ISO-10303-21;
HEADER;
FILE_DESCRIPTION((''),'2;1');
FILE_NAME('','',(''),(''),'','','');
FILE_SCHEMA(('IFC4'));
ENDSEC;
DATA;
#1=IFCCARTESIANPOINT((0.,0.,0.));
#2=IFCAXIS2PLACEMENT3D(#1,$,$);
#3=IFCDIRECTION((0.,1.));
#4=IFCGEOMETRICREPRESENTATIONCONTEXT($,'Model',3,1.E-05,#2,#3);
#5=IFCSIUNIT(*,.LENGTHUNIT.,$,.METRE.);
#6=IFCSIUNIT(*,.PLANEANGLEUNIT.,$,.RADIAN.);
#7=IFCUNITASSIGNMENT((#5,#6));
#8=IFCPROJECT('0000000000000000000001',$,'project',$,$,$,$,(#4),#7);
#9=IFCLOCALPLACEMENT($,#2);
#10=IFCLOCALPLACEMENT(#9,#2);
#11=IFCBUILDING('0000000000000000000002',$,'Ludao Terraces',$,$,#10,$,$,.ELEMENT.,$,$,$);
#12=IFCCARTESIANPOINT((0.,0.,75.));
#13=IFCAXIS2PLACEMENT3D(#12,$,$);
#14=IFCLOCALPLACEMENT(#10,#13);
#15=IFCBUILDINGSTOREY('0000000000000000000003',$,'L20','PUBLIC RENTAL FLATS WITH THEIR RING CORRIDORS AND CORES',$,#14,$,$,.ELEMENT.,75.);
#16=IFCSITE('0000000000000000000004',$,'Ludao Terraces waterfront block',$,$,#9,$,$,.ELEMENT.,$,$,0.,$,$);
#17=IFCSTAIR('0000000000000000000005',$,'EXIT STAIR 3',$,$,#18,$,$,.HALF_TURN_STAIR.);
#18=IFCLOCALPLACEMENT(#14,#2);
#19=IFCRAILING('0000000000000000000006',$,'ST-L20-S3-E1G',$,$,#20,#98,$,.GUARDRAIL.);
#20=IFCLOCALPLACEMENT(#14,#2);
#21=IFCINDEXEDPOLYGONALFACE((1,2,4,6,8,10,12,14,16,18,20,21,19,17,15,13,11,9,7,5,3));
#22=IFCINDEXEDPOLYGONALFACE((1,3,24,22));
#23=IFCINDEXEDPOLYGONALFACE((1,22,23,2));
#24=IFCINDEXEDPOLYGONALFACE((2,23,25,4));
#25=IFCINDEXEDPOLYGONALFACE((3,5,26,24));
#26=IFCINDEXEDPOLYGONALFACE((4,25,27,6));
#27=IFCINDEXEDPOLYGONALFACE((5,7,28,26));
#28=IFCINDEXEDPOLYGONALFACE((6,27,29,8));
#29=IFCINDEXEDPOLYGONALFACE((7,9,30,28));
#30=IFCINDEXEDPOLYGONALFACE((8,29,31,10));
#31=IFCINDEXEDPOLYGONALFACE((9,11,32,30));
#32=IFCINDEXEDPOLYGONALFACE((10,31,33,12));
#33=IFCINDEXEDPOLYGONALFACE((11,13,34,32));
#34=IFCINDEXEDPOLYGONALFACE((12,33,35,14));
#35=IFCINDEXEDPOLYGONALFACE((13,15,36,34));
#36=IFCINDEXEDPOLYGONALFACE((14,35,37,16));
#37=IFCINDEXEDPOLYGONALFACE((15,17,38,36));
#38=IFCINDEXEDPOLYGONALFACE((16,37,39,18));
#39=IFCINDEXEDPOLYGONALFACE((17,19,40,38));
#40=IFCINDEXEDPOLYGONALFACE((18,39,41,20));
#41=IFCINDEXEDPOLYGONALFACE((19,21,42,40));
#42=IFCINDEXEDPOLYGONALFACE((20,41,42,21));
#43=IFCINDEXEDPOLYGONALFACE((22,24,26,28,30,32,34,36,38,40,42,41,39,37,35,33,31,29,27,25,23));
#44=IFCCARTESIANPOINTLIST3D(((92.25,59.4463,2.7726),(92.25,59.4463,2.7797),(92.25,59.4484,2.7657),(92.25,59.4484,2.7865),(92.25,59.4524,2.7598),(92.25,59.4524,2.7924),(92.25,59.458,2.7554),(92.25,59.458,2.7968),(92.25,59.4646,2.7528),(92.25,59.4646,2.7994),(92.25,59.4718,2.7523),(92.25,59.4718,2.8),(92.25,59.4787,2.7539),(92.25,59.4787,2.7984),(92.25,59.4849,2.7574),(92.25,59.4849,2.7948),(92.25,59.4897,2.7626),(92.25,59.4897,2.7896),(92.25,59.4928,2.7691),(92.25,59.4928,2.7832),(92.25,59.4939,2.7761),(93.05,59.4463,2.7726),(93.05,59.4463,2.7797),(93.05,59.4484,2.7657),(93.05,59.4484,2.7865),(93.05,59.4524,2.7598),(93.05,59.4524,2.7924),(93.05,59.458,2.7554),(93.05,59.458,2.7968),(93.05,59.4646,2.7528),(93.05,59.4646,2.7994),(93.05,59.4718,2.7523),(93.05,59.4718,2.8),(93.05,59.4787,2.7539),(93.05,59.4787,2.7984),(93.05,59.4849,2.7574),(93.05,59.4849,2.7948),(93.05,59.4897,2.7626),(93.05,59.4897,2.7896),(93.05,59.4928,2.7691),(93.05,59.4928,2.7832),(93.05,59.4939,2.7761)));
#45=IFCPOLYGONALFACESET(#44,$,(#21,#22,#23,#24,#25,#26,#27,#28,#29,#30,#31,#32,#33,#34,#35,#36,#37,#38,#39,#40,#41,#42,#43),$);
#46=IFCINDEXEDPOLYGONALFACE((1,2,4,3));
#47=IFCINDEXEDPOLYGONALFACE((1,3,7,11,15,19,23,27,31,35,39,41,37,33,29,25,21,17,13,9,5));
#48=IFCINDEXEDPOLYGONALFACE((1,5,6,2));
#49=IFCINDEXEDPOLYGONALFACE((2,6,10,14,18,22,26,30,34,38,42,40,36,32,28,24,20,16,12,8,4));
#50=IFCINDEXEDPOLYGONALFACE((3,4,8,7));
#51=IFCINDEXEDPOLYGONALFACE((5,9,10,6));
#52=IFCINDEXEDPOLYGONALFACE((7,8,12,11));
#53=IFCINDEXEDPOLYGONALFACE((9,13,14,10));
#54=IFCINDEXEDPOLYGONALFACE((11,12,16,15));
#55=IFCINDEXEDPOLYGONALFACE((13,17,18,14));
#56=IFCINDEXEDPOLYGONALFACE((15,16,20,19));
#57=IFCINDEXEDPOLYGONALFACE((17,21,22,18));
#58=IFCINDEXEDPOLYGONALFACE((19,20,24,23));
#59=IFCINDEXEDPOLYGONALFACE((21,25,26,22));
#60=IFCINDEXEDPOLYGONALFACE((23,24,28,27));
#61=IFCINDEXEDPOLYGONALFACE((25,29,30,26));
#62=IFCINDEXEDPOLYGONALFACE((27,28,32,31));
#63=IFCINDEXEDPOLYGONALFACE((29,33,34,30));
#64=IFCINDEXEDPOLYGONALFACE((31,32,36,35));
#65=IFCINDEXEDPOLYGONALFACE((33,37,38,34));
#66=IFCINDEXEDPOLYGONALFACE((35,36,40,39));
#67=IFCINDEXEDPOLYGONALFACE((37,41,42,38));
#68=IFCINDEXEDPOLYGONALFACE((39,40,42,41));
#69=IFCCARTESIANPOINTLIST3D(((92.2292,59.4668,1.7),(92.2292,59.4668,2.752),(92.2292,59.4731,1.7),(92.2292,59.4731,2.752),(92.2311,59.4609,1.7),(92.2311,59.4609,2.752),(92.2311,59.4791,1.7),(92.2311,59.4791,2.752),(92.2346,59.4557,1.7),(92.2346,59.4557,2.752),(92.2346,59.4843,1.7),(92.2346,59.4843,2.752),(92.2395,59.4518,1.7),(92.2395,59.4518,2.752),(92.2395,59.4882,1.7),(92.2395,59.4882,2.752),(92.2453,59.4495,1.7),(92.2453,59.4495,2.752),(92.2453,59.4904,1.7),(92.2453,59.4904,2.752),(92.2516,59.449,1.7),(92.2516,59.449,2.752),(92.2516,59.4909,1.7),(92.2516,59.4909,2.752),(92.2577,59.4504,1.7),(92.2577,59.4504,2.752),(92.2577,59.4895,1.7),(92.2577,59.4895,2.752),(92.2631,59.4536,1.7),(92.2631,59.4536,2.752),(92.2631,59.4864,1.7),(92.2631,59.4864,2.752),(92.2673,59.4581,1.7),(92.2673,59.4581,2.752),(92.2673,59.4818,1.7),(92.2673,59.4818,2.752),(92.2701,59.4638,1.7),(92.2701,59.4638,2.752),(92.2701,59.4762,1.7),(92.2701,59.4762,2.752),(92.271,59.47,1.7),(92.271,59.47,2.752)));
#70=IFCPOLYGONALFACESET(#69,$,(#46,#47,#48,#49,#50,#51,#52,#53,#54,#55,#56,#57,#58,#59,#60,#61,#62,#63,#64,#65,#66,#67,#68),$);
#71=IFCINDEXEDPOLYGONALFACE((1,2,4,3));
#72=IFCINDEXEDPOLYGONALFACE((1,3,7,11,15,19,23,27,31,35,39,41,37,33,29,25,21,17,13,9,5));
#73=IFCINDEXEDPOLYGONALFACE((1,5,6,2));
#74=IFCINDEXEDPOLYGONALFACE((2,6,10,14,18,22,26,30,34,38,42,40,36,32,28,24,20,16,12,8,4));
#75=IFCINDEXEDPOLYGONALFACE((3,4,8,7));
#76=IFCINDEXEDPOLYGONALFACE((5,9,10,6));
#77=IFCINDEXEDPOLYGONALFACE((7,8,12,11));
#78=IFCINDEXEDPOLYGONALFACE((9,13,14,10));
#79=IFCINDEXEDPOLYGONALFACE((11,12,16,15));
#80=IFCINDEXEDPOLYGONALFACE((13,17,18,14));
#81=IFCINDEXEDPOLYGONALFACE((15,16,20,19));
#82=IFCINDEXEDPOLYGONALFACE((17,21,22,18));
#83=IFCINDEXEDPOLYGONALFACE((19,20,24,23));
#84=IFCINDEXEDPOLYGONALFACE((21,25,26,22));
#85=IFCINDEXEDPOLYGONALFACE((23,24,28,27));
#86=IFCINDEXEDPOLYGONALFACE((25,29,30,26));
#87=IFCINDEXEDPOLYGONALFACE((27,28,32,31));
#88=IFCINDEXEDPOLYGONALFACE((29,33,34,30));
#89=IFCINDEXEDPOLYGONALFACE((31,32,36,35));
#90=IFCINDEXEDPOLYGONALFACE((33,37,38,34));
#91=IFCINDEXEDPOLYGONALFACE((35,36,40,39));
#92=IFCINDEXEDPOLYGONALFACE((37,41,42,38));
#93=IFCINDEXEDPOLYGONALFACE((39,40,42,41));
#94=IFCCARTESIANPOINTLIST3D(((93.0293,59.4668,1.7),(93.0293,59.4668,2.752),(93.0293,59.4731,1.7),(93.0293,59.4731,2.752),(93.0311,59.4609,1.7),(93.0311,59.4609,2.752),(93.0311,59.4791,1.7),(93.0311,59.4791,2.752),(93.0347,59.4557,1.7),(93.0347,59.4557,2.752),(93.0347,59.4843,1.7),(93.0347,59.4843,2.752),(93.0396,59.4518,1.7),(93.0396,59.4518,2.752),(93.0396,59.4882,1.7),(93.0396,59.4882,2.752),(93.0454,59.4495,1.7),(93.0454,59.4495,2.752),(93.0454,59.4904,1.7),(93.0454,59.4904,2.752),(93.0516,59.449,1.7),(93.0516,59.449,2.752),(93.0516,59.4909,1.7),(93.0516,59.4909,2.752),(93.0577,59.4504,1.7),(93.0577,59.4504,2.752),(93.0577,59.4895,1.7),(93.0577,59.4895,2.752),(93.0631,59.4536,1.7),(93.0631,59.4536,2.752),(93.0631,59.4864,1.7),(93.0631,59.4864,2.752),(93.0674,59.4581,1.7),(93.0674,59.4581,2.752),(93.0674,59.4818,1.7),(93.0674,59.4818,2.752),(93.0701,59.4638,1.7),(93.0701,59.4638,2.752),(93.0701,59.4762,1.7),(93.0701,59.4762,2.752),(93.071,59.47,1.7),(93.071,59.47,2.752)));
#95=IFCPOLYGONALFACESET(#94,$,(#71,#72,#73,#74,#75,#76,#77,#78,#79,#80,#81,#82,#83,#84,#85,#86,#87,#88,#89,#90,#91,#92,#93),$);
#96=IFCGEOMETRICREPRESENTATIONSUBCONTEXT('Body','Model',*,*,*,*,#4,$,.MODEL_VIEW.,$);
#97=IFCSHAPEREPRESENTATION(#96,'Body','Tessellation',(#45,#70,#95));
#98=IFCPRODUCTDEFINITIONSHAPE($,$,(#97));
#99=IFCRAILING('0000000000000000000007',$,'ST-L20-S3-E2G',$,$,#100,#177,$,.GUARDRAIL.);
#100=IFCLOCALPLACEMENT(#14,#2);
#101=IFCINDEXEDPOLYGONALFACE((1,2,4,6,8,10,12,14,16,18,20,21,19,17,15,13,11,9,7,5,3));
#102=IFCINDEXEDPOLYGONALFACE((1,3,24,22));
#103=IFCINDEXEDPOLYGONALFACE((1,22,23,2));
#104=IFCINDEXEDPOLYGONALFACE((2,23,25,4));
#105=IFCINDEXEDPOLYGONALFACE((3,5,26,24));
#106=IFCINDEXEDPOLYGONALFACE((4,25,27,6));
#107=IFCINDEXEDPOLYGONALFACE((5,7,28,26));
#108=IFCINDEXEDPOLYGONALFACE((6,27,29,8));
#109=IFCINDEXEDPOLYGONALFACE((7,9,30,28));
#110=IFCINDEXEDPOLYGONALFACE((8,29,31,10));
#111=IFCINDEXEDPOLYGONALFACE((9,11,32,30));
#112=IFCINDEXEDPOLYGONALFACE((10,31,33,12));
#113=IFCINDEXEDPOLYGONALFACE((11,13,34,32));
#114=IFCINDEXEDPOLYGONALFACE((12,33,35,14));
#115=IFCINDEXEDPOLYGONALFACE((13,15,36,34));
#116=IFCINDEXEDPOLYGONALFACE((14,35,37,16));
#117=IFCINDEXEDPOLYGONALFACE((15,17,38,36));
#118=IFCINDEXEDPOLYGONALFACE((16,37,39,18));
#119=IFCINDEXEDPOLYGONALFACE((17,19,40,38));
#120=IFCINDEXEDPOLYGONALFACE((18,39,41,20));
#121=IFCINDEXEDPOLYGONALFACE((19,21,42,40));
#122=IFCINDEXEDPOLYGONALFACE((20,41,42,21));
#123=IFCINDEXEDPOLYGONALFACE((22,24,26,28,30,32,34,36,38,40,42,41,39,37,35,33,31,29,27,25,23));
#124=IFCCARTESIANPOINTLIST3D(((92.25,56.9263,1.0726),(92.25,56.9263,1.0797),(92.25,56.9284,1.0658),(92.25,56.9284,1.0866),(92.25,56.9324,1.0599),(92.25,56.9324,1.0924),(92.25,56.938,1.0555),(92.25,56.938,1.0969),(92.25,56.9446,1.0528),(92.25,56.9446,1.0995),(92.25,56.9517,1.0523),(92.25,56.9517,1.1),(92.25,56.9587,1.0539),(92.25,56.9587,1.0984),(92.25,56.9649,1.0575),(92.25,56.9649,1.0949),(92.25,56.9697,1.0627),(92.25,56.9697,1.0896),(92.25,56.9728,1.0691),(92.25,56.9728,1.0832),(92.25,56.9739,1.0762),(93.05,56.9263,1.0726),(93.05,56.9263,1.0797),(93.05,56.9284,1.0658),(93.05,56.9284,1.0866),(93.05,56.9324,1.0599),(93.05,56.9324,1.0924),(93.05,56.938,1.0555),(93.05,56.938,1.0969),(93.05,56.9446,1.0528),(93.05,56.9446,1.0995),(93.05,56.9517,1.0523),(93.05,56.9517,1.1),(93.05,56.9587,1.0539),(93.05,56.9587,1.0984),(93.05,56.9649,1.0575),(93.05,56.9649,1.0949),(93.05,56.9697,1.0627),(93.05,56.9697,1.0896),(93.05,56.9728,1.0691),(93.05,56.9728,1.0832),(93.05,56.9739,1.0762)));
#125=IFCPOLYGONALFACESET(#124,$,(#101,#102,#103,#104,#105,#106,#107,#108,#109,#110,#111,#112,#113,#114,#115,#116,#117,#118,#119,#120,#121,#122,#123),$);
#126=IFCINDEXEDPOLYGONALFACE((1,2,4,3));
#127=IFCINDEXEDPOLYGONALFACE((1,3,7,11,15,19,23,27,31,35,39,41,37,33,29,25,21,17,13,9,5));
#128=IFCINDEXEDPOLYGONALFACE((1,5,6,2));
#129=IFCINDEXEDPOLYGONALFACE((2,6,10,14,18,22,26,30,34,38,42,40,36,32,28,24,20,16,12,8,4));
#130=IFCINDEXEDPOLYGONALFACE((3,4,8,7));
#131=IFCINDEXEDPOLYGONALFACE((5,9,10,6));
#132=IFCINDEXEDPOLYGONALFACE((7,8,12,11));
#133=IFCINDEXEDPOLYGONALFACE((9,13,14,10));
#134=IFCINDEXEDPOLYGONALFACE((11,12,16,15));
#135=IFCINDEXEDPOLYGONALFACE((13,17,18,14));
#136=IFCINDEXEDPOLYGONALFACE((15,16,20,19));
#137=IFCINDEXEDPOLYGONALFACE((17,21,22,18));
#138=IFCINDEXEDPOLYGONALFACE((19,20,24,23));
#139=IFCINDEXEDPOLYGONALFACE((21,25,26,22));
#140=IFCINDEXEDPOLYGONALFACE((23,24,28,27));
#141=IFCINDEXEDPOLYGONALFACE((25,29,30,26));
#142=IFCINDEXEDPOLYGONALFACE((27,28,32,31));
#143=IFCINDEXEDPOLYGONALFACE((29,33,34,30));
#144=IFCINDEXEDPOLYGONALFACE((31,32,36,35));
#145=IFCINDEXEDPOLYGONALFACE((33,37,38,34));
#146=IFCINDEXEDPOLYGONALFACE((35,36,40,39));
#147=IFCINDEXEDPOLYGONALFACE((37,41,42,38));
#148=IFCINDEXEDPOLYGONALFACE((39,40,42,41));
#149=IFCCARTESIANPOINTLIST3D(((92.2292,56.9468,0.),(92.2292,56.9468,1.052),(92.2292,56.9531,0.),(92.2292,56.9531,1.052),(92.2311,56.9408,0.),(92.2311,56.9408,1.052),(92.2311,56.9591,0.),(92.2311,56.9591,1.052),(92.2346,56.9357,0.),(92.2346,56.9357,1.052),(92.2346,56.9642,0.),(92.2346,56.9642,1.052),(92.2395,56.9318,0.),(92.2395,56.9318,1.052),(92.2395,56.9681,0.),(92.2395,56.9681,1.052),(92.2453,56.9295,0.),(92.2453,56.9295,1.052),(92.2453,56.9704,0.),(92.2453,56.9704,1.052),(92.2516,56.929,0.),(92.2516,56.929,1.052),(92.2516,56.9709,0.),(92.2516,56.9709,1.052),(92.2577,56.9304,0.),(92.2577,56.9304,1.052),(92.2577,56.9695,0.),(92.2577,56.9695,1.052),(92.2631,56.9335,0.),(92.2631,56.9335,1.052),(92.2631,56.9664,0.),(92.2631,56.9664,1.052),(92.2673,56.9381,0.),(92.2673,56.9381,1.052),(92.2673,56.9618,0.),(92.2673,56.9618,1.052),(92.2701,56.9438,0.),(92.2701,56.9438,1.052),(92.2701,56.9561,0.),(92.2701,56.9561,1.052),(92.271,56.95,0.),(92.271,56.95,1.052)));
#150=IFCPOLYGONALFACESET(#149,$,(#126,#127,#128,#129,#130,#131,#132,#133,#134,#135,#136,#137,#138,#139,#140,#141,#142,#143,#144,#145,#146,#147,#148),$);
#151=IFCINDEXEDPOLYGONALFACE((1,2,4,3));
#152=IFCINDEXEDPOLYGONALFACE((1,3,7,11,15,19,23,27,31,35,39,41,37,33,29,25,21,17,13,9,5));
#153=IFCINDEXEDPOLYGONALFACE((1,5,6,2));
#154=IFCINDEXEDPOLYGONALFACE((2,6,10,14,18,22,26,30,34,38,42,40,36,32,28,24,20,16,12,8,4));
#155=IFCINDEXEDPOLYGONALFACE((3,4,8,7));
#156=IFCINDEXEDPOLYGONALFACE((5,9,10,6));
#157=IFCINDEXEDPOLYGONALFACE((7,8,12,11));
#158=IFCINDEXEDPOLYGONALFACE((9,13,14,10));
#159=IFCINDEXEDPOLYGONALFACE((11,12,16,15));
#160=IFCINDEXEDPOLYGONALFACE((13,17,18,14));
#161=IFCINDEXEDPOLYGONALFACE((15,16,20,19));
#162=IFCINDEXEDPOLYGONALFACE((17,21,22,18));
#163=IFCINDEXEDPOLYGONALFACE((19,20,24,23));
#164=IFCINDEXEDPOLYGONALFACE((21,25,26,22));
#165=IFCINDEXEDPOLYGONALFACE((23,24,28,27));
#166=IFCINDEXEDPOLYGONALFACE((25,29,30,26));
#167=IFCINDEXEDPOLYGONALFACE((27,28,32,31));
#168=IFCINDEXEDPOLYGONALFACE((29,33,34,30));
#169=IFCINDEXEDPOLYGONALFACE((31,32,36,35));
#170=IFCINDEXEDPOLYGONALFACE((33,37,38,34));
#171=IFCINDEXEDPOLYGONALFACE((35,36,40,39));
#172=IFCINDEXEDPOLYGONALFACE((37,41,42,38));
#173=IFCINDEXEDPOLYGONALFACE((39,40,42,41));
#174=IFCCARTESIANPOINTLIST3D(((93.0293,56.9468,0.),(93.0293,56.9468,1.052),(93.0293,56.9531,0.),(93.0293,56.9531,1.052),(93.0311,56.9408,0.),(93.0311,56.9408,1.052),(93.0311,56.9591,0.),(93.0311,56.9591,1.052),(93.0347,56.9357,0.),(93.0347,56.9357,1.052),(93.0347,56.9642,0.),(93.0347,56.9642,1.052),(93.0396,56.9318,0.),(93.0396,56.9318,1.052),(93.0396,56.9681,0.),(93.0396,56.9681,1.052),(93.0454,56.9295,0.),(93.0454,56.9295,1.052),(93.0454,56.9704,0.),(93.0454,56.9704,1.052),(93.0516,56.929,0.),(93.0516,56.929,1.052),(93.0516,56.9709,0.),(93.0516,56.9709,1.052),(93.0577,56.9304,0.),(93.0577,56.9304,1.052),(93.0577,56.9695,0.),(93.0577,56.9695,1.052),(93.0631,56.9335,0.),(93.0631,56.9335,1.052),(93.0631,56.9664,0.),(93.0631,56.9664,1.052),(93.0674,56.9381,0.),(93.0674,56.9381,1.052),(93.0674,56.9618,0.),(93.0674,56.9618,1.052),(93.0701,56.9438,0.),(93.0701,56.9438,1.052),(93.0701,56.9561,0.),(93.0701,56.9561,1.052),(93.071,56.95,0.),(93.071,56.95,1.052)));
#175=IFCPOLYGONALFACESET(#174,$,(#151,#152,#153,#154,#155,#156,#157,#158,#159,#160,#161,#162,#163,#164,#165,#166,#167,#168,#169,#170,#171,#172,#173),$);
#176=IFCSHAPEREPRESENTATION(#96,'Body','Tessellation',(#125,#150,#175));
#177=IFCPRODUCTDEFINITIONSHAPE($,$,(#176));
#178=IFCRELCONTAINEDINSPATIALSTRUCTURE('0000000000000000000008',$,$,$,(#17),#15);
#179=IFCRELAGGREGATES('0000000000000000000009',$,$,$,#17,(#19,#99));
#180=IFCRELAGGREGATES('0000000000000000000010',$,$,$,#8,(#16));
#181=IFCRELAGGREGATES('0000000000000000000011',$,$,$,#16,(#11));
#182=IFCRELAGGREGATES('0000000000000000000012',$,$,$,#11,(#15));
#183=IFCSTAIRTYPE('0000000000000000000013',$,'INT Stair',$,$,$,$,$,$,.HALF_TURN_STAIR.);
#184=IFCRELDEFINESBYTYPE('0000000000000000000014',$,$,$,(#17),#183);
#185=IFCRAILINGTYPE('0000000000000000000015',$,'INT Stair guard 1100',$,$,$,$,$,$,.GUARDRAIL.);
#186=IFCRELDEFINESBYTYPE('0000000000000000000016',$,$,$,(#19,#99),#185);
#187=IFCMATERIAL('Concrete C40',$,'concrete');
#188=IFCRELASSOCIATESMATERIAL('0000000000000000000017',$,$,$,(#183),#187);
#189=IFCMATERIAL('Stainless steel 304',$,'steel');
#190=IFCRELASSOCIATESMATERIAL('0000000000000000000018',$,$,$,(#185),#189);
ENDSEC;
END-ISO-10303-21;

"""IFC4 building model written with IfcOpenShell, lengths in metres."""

from ifc_helpers import new_model, si_unit, direction, frame, origin, origin_2d, place, context, subcontext, project, spatial, circle, extrude, material, type_object, element, aggregate, save


model = new_model("IFC4")

# Units and contexts
model_context = context("Model", 3, precision=1e-05, world=origin(), true_north=direction((0.0, 1.0)))
body_context = subcontext(model_context, "Body", "Model", "MODEL_VIEW")
ifc_project = project(units=[si_unit("LENGTHUNIT", "METRE"), si_unit("PLANEANGLEUNIT", "RADIAN")], contexts=[model_context])

# Site, building, storey
site_placement = place(None, origin())
site = spatial("IfcSite", under=ifc_project, at=site_placement, Name="Ludao Terraces waterfront block", CompositionType="ELEMENT", RefElevation=0.0)
building_placement = place(site_placement, origin())
building = spatial("IfcBuilding", under=site, at=building_placement, Name="Ludao Terraces", CompositionType="ELEMENT")
storey_placement = place(building_placement, frame((0.0, 0.0, 75.0)))
storey = spatial("IfcBuildingStorey", under=building, at=storey_placement, Name="L20", Description="PUBLIC RENTAL FLATS WITH THEIR RING CORRIDORS AND CORES", CompositionType="ELEMENT", Elevation=75.0)

# Stair, railings
ifc_material_1 = material(Name="Concrete C40", Category="concrete")
stair_type = type_object("IfcStairType", Name="INT Stair", PredefinedType="HALF_TURN_STAIR", material=ifc_material_1)
stair_placement = place(storey_placement, origin())
stair = element("IfcStair", 1, at=stair_placement, inside=storey, type_object=stair_type, Name="EXIT STAIR 3", PredefinedType="HALF_TURN_STAIR")
ifc_material_2 = material(Name="Stainless steel 304", Category="steel")
railing_type_1 = type_object("IfcRailingType", Name="INT Stair guard 1100", PredefinedType="GUARDRAIL", material=ifc_material_2)
railing_1_placement = place(storey_placement, frame((92.25, 59.47, 1.7)))
railing_1 = element("IfcRailing", 2, at=railing_1_placement, type_object=railing_type_1, Name="ST-L20-S3-E1G", PredefinedType="GUARDRAIL", context=body_context, shape_type="SweptSolid", body=[
    extrude(circle(Radius=0.0239, at=origin_2d()), frame((0.0, 0.0, 1.0762), z_axis=(1.0, 0.0, 0.0), x_axis=(0.0, 1.0, 0.0)), (0.0, 0.0, 1.0), 0.8),
    extrude(circle(Radius=0.021, at=origin_2d()), origin(), (0.0, 0.0, 1.0), 1.052),
    extrude(circle(Radius=0.021, at=origin_2d()), frame((0.8, 0.0, 0.0)), (0.0, 0.0, 1.0), 1.052),
])
railing_2_placement = place(storey_placement, frame((92.25, 56.95, 0.0)))
railing_2 = element("IfcRailing", 3, at=railing_2_placement, type_object=railing_type_1, Name="ST-L20-S3-E2G", PredefinedType="GUARDRAIL", context=body_context, shape_type="SweptSolid", body=[
    extrude(circle(Radius=0.0239, at=origin_2d()), frame((0.0, 0.0, 1.0762), z_axis=(1.0, 0.0, 0.0), x_axis=(0.0, 1.0, 0.0)), (0.0, 0.0, 1.0), 0.8),
    extrude(circle(Radius=0.021, at=origin_2d()), origin(), (0.0, 0.0, 1.0), 1.052),
    extrude(circle(Radius=0.021, at=origin_2d()), frame((0.8, 0.0, 0.0)), (0.0, 0.0, 1.0), 1.052),
])
aggregate(stair, [railing_1, railing_2])

save(model, "model.ifc")
